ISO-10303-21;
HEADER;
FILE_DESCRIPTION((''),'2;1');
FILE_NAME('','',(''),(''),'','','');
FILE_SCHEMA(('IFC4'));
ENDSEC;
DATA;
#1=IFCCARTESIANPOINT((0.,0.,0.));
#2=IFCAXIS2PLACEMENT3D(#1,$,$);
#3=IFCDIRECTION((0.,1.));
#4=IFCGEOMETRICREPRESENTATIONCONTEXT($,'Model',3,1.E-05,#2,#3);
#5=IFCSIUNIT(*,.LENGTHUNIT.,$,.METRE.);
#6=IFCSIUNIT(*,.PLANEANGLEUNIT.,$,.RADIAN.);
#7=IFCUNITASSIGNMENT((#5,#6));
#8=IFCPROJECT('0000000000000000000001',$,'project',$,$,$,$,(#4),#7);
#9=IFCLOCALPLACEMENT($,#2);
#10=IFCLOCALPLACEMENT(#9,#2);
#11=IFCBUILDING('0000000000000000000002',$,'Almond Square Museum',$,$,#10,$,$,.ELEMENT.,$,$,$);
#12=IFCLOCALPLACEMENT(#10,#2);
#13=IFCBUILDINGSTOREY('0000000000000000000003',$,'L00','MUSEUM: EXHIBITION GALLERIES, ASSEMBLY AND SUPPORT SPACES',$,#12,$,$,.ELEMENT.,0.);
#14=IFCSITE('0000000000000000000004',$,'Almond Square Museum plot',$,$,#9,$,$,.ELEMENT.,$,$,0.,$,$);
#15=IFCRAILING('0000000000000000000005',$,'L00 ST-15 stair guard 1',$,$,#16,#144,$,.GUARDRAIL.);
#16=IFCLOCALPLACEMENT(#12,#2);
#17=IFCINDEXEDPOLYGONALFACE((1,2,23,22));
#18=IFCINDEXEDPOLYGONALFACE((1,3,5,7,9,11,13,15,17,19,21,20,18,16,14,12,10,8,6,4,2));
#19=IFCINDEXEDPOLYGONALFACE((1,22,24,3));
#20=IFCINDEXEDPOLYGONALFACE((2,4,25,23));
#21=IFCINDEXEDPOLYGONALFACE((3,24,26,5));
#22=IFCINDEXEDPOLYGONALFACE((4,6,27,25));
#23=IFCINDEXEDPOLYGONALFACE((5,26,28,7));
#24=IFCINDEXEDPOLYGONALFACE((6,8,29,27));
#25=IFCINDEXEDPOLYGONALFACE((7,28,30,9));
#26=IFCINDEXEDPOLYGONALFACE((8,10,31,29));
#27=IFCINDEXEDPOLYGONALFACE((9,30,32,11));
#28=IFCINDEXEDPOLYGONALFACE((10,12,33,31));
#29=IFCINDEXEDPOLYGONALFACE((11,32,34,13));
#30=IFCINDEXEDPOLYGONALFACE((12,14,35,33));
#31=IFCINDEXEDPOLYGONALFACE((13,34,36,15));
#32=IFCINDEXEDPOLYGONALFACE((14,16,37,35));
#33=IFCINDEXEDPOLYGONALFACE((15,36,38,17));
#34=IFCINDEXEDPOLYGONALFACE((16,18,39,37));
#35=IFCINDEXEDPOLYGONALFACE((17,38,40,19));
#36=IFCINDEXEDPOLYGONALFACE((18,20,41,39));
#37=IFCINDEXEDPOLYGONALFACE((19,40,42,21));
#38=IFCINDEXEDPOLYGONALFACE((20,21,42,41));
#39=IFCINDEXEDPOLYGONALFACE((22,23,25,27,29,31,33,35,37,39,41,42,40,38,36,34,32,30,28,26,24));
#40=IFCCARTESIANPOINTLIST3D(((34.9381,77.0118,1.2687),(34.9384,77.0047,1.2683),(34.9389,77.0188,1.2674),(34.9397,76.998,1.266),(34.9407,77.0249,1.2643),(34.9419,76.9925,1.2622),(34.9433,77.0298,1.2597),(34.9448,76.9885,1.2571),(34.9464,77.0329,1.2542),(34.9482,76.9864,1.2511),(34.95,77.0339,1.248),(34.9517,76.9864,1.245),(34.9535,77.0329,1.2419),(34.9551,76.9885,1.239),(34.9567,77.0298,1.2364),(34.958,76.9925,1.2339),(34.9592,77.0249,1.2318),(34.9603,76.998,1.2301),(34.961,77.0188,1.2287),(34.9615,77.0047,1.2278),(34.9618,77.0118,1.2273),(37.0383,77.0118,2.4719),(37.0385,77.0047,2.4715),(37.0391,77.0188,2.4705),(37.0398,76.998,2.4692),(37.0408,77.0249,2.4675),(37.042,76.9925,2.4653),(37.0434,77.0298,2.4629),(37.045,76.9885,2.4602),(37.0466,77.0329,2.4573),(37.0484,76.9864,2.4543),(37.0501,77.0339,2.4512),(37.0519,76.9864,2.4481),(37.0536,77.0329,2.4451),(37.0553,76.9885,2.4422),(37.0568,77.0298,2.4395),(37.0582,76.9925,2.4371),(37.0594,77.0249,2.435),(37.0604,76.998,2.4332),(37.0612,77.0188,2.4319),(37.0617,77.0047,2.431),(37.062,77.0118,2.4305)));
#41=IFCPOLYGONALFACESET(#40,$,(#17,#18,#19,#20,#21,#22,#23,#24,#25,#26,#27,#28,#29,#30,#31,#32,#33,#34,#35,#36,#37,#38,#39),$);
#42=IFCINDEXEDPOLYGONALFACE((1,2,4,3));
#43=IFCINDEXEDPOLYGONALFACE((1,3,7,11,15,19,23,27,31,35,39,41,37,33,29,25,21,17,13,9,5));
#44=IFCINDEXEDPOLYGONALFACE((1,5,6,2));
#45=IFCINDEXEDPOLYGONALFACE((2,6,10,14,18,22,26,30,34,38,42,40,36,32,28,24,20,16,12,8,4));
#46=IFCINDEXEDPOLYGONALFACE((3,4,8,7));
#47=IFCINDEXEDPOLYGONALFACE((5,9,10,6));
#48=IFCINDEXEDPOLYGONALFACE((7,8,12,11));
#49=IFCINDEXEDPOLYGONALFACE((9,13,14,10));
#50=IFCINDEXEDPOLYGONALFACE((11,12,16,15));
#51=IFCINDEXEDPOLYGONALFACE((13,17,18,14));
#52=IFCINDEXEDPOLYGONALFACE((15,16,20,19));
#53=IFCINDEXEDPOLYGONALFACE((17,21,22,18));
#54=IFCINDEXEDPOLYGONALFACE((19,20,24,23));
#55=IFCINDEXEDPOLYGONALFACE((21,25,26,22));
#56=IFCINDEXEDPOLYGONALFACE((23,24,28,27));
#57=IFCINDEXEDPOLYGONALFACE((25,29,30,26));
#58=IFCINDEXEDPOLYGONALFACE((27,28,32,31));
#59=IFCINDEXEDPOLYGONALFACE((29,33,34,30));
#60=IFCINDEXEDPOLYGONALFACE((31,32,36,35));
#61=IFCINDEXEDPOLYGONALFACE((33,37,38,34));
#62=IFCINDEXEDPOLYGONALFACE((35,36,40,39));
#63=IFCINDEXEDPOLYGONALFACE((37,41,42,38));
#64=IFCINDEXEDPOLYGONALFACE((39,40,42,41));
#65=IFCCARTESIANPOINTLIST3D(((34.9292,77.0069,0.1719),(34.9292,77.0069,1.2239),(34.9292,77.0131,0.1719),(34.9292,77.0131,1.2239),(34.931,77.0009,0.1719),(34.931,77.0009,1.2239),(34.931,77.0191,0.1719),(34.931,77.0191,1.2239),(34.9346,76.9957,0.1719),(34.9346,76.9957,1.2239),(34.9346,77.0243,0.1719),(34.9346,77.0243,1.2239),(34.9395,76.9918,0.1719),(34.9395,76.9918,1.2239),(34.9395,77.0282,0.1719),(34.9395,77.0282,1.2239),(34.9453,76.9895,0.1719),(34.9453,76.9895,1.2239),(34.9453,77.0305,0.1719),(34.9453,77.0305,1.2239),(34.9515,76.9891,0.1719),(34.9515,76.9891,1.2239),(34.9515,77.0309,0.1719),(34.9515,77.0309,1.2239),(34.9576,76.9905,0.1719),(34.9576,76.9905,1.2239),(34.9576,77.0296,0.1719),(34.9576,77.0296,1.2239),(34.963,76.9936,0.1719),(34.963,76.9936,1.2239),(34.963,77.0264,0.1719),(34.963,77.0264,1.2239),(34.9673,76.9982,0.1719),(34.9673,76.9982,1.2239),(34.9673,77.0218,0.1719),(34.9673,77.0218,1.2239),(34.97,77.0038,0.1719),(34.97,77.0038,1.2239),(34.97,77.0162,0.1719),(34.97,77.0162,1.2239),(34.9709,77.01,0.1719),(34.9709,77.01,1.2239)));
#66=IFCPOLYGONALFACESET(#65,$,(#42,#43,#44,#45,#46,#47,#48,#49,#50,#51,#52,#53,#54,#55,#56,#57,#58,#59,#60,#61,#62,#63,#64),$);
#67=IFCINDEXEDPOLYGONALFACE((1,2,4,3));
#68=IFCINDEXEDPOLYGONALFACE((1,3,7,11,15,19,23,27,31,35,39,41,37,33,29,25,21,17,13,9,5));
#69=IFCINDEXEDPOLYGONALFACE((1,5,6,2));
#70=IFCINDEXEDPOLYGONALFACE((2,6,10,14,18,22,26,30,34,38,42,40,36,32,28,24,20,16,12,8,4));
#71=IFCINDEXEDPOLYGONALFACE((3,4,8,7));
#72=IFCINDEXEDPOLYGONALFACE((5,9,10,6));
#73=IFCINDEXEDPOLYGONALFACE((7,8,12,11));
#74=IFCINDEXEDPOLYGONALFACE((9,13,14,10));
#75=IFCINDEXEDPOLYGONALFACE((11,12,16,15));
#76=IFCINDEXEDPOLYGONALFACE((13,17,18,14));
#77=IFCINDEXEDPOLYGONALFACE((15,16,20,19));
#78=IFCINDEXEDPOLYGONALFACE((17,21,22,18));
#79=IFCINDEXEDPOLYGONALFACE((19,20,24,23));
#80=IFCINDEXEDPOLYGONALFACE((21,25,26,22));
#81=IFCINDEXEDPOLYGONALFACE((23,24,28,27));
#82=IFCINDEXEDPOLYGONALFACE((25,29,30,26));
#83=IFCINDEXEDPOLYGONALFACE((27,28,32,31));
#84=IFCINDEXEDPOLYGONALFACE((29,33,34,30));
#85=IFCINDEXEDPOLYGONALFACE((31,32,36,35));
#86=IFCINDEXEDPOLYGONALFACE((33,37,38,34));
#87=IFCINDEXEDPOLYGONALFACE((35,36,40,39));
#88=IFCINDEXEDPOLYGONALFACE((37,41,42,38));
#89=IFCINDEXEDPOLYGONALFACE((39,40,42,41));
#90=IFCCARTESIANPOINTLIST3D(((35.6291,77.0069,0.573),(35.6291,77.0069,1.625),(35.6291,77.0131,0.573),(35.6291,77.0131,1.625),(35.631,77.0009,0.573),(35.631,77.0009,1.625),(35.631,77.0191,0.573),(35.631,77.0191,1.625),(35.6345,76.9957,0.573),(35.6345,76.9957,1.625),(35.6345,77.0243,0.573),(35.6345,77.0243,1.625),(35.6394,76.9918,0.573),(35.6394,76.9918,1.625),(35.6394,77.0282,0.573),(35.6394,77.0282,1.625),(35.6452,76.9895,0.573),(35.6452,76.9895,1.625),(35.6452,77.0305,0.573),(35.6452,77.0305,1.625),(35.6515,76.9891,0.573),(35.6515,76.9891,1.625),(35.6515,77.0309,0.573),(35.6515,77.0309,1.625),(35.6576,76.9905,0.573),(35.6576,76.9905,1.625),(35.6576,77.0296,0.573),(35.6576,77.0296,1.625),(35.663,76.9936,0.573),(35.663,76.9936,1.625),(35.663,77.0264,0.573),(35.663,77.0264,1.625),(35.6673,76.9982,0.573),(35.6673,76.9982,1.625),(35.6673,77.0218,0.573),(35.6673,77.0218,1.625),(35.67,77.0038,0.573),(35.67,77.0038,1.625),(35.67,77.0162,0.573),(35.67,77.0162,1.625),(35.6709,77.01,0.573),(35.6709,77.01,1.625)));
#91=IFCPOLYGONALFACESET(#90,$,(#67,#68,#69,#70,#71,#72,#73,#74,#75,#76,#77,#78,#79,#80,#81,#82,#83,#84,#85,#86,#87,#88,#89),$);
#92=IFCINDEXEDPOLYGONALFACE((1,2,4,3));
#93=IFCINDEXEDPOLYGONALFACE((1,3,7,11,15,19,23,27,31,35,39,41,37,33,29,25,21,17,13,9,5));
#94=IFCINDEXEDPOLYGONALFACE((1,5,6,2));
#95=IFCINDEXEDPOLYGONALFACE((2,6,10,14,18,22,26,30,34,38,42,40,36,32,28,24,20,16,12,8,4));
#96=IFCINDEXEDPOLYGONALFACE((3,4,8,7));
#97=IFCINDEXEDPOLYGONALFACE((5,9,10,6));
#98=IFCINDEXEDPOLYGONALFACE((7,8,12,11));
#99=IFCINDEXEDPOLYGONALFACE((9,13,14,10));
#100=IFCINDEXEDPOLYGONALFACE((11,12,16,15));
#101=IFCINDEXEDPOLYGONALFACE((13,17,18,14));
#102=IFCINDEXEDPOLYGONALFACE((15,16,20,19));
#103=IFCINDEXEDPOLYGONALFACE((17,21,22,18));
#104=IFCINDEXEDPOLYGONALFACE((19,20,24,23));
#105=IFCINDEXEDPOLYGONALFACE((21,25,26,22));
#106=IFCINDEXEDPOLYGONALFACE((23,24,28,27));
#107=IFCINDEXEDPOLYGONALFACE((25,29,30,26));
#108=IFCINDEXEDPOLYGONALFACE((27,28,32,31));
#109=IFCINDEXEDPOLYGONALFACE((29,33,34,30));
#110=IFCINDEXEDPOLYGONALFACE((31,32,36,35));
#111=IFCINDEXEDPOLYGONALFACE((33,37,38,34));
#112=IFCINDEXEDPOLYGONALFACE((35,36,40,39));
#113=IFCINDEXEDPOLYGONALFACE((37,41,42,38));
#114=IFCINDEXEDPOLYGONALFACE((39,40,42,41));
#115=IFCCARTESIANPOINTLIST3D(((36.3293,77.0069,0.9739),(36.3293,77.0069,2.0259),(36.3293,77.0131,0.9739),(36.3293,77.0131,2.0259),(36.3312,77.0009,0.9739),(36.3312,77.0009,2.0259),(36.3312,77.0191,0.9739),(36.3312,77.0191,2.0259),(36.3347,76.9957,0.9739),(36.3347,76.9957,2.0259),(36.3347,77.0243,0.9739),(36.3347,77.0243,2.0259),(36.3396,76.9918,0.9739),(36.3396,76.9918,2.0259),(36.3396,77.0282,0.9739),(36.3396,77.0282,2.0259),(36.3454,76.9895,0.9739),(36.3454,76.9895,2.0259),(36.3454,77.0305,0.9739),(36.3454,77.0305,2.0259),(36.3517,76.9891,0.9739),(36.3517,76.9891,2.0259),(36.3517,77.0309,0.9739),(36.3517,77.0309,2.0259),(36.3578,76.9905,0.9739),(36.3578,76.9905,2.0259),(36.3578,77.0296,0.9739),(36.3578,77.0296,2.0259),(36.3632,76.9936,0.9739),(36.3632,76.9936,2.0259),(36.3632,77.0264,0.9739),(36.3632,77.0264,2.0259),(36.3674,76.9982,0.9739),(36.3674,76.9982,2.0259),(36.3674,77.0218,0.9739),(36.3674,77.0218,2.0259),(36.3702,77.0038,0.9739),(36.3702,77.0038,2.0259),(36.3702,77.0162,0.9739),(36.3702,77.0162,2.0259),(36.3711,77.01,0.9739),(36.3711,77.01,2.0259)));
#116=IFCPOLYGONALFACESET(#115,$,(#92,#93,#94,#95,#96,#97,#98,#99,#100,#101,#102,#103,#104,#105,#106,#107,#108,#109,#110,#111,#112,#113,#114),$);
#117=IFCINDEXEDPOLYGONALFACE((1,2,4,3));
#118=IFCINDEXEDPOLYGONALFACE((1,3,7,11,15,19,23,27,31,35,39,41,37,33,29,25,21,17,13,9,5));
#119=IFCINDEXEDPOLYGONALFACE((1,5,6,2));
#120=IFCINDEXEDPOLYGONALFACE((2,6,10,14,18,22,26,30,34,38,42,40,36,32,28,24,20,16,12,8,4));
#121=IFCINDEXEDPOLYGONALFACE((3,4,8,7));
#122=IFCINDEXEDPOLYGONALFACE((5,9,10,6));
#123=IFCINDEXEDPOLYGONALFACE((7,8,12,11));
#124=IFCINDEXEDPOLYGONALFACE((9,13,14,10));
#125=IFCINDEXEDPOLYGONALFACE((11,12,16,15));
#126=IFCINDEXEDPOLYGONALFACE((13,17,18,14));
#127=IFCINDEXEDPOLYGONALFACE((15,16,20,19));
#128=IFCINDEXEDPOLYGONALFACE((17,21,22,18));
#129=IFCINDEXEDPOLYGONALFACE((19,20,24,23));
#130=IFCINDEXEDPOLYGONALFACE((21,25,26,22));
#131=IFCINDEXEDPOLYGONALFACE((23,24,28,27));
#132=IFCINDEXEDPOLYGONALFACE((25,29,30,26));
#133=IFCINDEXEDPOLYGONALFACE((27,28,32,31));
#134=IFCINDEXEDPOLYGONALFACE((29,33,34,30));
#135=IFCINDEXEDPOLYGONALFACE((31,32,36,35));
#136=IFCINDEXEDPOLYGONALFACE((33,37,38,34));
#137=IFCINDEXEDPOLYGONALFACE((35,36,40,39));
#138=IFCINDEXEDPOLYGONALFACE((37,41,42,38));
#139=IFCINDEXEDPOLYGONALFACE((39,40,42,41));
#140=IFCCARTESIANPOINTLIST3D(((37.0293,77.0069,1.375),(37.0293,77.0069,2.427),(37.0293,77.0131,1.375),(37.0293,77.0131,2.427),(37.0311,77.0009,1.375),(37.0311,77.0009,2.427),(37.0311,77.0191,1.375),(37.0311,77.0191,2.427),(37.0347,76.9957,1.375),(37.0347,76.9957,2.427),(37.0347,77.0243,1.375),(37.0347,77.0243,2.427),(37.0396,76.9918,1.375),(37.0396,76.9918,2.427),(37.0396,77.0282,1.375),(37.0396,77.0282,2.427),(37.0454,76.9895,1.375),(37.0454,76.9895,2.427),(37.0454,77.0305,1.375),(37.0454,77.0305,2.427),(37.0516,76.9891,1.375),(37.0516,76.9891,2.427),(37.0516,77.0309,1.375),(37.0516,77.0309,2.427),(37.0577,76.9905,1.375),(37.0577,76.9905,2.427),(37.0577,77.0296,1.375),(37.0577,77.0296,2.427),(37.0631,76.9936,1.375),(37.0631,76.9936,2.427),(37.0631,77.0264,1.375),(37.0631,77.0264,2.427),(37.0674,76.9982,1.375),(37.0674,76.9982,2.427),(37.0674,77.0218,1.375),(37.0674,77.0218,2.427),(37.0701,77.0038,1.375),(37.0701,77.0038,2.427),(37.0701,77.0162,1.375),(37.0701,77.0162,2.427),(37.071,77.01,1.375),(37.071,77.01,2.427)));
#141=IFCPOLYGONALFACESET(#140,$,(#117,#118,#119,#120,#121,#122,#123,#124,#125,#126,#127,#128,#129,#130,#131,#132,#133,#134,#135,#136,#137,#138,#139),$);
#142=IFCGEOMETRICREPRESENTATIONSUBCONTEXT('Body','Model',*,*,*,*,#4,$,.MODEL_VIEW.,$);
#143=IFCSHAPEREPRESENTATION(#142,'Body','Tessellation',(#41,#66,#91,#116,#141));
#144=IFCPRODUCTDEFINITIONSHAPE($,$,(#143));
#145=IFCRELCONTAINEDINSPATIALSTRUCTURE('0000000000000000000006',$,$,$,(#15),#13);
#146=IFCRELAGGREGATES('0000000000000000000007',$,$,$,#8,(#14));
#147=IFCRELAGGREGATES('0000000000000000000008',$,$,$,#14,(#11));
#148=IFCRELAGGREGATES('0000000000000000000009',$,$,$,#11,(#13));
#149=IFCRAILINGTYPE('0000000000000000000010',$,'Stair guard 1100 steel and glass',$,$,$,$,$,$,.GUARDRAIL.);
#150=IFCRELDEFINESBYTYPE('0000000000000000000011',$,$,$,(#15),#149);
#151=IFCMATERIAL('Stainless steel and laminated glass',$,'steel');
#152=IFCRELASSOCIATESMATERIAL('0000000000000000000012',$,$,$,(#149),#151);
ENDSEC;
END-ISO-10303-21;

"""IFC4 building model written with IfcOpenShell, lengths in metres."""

from ifc_helpers import new_model, si_unit, direction, frame, origin, origin_2d, place, context, subcontext, project, spatial, circle, extrude, material, type_object, element, save


model = new_model("IFC4")

# Units and contexts
model_context = context("Model", 3, precision=1e-05, world=origin(), true_north=direction((0.0, 1.0)))
body_context = subcontext(model_context, "Body", "Model", "MODEL_VIEW")
ifc_project = project(units=[si_unit("LENGTHUNIT", "METRE"), si_unit("PLANEANGLEUNIT", "RADIAN")], contexts=[model_context])

# Site, building, storey
site_placement = place(None, origin())
site = spatial("IfcSite", under=ifc_project, at=site_placement, Name="Almond Square Museum plot", CompositionType="ELEMENT", RefElevation=0.0)
building_placement = place(site_placement, origin())
building = spatial("IfcBuilding", under=site, at=building_placement, Name="Almond Square Museum", CompositionType="ELEMENT")
storey_placement = place(building_placement, origin())
storey = spatial("IfcBuildingStorey", under=building, at=storey_placement, Name="L00", Description="MUSEUM: EXHIBITION GALLERIES, ASSEMBLY AND SUPPORT SPACES", CompositionType="ELEMENT", Elevation=0.0)

# Railing
ifc_material_1 = material(Name="Stainless steel and laminated glass", Category="steel")
railing_type_1 = type_object("IfcRailingType", Name="Stair guard 1100 steel and glass", PredefinedType="GUARDRAIL", material=ifc_material_1)
railing_1_placement = place(storey_placement, frame((34.95, 77.01, 0.1719)))
element("IfcRailing", 1, at=railing_1_placement, inside=storey, type_object=railing_type_1, Name="L00 ST-15 stair guard 1", PredefinedType="GUARDRAIL", context=body_context, shape_type="SweptSolid", body=[
    extrude(circle(Radius=0.0239, at=origin_2d()), frame((0.0, 0.0, 1.0762), z_axis=(0.867696, 0.0, 0.497095), x_axis=(0.0, 1.0, 0.0)), (0.0, 0.0, 1.0), 2.4204),
    extrude(circle(Radius=0.021, at=origin_2d()), origin(), (0.0, 0.0, 1.0), 1.052),
    extrude(circle(Radius=0.021, at=origin_2d()), frame((0.7, 0.0, 0.4011)), (0.0, 0.0, 1.0), 1.052),
    extrude(circle(Radius=0.021, at=origin_2d()), frame((1.4001, 0.0, 0.802)), (0.0, 0.0, 1.0), 1.052),
    extrude(circle(Radius=0.021, at=origin_2d()), frame((2.1001, 0.0, 1.2031)), (0.0, 0.0, 1.0), 1.052),
])

save(model, "model.ifc")
